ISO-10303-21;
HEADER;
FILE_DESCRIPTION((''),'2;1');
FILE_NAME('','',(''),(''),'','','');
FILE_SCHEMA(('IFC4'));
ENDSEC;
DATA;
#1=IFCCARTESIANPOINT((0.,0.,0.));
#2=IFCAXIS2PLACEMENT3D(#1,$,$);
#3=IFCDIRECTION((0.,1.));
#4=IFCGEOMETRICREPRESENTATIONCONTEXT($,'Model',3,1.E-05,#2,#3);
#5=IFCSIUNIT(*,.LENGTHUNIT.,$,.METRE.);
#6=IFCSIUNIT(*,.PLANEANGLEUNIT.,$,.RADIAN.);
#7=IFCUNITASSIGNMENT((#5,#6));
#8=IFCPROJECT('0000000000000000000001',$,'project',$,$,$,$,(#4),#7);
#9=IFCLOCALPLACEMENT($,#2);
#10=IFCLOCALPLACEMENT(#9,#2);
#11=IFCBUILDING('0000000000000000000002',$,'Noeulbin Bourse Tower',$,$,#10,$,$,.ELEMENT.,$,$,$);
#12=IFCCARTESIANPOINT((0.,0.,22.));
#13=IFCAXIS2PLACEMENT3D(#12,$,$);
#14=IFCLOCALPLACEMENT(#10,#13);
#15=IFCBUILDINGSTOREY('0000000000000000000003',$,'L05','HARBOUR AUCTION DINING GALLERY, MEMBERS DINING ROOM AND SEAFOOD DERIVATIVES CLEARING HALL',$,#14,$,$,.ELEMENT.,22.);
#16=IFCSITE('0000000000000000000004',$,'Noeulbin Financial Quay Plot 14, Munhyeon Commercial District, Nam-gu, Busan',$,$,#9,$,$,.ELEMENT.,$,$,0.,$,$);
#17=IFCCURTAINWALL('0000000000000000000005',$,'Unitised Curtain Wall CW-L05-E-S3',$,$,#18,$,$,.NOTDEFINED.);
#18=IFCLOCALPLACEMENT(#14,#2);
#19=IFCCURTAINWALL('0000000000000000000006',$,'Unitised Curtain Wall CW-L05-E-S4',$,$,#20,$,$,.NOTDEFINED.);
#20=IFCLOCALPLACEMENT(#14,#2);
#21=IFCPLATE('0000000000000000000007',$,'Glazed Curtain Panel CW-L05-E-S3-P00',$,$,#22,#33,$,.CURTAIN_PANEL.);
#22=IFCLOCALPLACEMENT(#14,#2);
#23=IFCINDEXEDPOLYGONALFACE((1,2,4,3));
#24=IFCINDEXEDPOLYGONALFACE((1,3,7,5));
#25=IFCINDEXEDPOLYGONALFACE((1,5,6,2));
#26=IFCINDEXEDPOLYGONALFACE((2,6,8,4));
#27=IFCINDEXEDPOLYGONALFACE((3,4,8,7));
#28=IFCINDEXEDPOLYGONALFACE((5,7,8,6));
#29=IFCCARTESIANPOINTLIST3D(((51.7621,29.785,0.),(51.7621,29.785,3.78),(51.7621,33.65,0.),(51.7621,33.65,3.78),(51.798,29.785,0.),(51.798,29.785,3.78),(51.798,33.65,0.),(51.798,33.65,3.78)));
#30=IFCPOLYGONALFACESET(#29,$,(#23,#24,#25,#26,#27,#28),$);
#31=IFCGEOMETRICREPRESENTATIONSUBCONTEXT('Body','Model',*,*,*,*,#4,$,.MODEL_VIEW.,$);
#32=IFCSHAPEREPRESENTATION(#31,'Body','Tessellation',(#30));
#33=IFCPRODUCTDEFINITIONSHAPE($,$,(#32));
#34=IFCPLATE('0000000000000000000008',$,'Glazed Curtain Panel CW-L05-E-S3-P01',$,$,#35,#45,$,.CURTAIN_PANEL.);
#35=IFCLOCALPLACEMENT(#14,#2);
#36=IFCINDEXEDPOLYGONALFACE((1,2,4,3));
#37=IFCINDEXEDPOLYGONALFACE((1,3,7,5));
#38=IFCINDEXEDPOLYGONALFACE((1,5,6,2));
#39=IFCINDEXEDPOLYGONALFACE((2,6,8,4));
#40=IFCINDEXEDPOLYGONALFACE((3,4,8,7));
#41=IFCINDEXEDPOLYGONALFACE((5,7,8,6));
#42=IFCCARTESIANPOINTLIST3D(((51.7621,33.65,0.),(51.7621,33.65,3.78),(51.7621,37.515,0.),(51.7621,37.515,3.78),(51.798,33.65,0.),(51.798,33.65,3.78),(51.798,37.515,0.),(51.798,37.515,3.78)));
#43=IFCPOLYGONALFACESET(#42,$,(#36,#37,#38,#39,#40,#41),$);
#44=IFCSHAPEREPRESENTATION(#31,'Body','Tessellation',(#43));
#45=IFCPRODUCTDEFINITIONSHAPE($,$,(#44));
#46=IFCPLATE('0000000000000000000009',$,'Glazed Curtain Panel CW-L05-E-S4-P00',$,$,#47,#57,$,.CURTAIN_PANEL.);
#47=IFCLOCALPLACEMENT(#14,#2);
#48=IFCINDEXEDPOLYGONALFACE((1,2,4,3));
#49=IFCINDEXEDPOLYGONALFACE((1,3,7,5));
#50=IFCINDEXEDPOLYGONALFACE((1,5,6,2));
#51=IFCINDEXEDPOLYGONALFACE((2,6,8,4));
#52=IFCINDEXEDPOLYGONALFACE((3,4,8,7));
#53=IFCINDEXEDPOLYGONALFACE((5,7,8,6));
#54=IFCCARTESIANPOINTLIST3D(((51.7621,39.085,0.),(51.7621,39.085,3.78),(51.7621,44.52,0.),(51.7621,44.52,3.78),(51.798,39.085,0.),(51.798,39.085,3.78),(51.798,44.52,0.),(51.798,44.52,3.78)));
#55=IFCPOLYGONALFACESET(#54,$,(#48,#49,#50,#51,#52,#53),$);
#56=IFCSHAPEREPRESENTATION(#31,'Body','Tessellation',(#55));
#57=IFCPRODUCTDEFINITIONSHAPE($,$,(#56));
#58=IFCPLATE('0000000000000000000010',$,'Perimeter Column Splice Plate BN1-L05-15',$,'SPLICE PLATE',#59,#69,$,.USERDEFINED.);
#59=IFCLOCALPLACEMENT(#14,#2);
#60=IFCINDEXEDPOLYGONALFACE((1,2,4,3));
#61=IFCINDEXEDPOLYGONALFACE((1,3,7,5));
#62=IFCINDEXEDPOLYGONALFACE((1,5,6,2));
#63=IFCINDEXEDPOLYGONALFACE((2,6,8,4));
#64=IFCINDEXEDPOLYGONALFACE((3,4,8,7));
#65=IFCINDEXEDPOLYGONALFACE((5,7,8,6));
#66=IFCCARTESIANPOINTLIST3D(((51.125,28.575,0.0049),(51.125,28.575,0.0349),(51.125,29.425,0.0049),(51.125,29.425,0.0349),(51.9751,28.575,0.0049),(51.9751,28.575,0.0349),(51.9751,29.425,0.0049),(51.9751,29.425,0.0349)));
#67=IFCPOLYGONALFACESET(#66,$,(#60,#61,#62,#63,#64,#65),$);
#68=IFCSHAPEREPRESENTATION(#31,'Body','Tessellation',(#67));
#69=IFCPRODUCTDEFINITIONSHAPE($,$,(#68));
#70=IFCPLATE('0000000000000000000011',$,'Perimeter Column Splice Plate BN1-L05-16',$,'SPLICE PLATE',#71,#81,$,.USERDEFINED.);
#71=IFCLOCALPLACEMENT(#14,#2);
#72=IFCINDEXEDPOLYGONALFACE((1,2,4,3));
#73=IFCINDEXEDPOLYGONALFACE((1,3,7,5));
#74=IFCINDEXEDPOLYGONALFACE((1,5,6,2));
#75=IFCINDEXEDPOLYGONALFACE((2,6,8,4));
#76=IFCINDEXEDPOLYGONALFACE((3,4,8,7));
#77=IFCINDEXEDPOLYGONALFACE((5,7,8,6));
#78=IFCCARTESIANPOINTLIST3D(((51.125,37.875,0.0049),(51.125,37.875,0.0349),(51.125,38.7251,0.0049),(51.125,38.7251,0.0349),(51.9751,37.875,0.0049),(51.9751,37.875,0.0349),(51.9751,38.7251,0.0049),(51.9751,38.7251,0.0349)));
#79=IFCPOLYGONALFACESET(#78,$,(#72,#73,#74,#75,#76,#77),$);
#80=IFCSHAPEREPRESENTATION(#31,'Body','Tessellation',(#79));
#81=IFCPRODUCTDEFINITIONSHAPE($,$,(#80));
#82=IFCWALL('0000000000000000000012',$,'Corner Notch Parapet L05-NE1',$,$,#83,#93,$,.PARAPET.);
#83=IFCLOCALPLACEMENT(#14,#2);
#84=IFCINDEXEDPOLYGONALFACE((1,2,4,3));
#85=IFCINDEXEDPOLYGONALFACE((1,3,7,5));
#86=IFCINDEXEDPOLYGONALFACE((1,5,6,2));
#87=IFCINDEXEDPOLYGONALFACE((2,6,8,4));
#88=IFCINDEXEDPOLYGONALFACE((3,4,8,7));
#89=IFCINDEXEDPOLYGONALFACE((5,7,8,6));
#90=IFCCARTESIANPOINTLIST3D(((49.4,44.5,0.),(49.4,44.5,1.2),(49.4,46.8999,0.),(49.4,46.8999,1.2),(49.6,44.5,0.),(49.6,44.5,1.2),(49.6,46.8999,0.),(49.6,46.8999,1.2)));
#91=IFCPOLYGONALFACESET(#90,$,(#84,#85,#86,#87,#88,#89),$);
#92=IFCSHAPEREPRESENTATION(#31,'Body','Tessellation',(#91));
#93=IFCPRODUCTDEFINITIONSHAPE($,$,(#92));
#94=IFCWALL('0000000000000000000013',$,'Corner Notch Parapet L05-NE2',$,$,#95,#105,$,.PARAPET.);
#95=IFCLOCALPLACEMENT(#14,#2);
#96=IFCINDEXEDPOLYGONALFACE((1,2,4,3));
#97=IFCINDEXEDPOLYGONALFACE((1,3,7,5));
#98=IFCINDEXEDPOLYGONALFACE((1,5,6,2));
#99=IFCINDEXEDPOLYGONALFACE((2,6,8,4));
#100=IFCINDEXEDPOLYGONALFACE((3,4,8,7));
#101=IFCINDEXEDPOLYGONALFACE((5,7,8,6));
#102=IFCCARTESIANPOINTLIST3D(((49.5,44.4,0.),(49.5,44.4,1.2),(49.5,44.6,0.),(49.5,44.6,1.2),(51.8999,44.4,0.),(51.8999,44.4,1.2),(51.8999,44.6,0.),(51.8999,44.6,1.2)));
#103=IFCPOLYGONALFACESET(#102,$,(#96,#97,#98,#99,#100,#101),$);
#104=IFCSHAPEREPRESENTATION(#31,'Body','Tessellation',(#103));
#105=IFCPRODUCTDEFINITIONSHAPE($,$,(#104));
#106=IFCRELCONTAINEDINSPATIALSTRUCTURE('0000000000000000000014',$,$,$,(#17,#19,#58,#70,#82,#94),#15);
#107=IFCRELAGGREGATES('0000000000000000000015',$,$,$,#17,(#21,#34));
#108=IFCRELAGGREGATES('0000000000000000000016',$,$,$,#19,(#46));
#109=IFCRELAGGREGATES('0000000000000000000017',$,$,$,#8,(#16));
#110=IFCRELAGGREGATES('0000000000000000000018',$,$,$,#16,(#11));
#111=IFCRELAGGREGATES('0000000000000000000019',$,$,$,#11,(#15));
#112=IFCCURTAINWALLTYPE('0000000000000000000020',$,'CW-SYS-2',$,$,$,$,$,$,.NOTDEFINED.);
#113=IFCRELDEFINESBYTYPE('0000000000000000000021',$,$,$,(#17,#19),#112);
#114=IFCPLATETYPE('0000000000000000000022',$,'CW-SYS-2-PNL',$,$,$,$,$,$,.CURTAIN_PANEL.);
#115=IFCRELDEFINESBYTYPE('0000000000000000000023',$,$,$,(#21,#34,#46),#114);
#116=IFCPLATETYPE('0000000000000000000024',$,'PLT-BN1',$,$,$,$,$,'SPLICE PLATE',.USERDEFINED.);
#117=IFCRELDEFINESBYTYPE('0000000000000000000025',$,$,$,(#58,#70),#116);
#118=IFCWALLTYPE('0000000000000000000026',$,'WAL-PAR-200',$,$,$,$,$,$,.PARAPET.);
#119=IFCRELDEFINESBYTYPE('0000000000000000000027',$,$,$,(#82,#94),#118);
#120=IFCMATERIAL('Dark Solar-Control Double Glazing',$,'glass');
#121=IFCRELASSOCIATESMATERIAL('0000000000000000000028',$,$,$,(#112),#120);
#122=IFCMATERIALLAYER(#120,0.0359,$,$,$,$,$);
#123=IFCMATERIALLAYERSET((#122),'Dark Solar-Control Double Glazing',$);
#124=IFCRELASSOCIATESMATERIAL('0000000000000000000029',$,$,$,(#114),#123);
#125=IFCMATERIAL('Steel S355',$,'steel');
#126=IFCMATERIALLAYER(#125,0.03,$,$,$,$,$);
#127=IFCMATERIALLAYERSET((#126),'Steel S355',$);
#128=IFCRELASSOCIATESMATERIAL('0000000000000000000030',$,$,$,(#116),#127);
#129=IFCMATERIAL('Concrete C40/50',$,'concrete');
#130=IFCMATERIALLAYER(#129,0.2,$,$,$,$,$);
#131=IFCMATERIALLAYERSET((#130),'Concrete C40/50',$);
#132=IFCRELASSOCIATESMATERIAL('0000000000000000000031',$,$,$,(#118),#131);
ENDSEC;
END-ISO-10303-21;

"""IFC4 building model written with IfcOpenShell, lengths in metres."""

from ifc_helpers import new_model, si_unit, direction, frame, frame_2d, origin, origin_2d, place, context, subcontext, project, spatial, rectangle, extrude, material, layer, layer_set, type_object, element, aggregate, save


model = new_model("IFC4")

# Units and contexts
model_context = context("Model", 3, precision=1e-05, world=origin(), true_north=direction((0.0, 1.0)))
body_context = subcontext(model_context, "Body", "Model", "MODEL_VIEW")
ifc_project = project(units=[si_unit("LENGTHUNIT", "METRE"), si_unit("PLANEANGLEUNIT", "RADIAN")], contexts=[model_context])

# Site, building, storey
site_placement = place(None, origin())
site = spatial("IfcSite", under=ifc_project, at=site_placement, Name="Noeulbin Financial Quay Plot 14, Munhyeon Commercial District, Nam-gu, Busan", CompositionType="ELEMENT", RefElevation=0.0)
building_placement = place(site_placement, origin())
building = spatial("IfcBuilding", under=site, at=building_placement, Name="Noeulbin Bourse Tower", CompositionType="ELEMENT")
storey_placement = place(building_placement, frame((0.0, 0.0, 22.0)))
storey = spatial("IfcBuildingStorey", under=building, at=storey_placement, Name="L05", Description="HARBOUR AUCTION DINING GALLERY, MEMBERS DINING ROOM AND SEAFOOD DERIVATIVES CLEARING HALL", CompositionType="ELEMENT", Elevation=22.0)

# Shared definitions
ifc_material_1 = material(Name="Dark Solar-Control Double Glazing", Category="glass")
curtain_wall_type_1 = type_object("IfcCurtainWallType", Name="CW-SYS-2", PredefinedType="NOTDEFINED", material=ifc_material_1)

# Curtain walls
curtain_wall_1_placement = place(storey_placement, origin())
curtain_wall_1 = element("IfcCurtainWall", 1, at=curtain_wall_1_placement, inside=storey, type_object=curtain_wall_type_1, Name="Unitised Curtain Wall CW-L05-E-S3", PredefinedType="NOTDEFINED")
curtain_wall_2_placement = place(storey_placement, origin())
curtain_wall_2 = element("IfcCurtainWall", 2, at=curtain_wall_2_placement, inside=storey, type_object=curtain_wall_type_1, Name="Unitised Curtain Wall CW-L05-E-S4", PredefinedType="NOTDEFINED")

# Plates
ifc_layer_1 = layer(ifc_material_1, 0.0359)
ifc_layer_set_1 = layer_set([ifc_layer_1], Name="Dark Solar-Control Double Glazing")
plate_type_1 = type_object("IfcPlateType", Name="CW-SYS-2-PNL", PredefinedType="CURTAIN_PANEL", material=ifc_layer_set_1)
plate_1_placement = place(storey_placement, frame((51.78, 31.7175, 0.0), z_axis=(0.0, 0.0, 1.0), x_axis=(0.0, 1.0, 0.0)))
plate_1 = element("IfcPlate", 3, at=plate_1_placement, type_object=plate_type_1, Name="Glazed Curtain Panel CW-L05-E-S3-P00", PredefinedType="CURTAIN_PANEL", context=body_context, shape_type="SweptSolid", body=[
    extrude(rectangle(XDim=3.865, YDim=0.0359, at=origin_2d()), origin(), (0.0, 0.0, 1.0), 3.78),
])
plate_2_placement = place(storey_placement, frame((51.78, 35.5825, 0.0), z_axis=(0.0, 0.0, 1.0), x_axis=(0.0, 1.0, 0.0)))
plate_2 = element("IfcPlate", 4, at=plate_2_placement, type_object=plate_type_1, Name="Glazed Curtain Panel CW-L05-E-S3-P01", PredefinedType="CURTAIN_PANEL", context=body_context, shape_type="SweptSolid", body=[
    extrude(rectangle(XDim=3.865, YDim=0.0359, at=origin_2d()), origin(), (0.0, 0.0, 1.0), 3.78),
])
aggregate(curtain_wall_1, [plate_1, plate_2])
plate_3_placement = place(storey_placement, frame((51.78, 41.8025, 0.0), z_axis=(0.0, 0.0, 1.0), x_axis=(0.0, 1.0, 0.0)))
plate_3 = element("IfcPlate", 5, at=plate_3_placement, type_object=plate_type_1, Name="Glazed Curtain Panel CW-L05-E-S4-P00", PredefinedType="CURTAIN_PANEL", context=body_context, shape_type="SweptSolid", body=[
    extrude(rectangle(XDim=5.4351, YDim=0.0359, at=origin_2d()), origin(), (0.0, 0.0, 1.0), 3.78),
])
aggregate(curtain_wall_2, [plate_3])

# Plates
ifc_material_2 = material(Name="Steel S355", Category="steel")
ifc_layer_2 = layer(ifc_material_2, 0.03)
ifc_layer_set_2 = layer_set([ifc_layer_2], Name="Steel S355")
plate_type_2 = type_object("IfcPlateType", Name="PLT-BN1", ElementType="SPLICE PLATE", PredefinedType="USERDEFINED", material=ifc_layer_set_2)
for number, where, z_axis, x_axis, name in (
    (6, (51.55, 29.0, 0.0049), (0.0, 0.0, 1.0), (1.0, 0.0, 0.0), "Perimeter Column Splice Plate BN1-L05-15"),
    (7, (51.55, 38.3, 0.0049), (0.0, 0.0, 1.0), (1.0, 0.0, 0.0), "Perimeter Column Splice Plate BN1-L05-16"),
):
    element("IfcPlate", number, at=place(storey_placement, frame(where, z_axis=z_axis, x_axis=x_axis)), inside=storey, type_object=plate_type_2, Name=name, ObjectType="SPLICE PLATE", PredefinedType="USERDEFINED", context=body_context, shape_type="SweptSolid", body=[
        extrude(rectangle(XDim=0.8501, YDim=0.8501, at=origin_2d()), origin(), (0.0, 0.0, 1.0), 0.03),
    ])

# Walls
ifc_material_3 = material(Name="Concrete C40/50", Category="concrete")
ifc_layer_3 = layer(ifc_material_3, 0.2)
ifc_layer_set_3 = layer_set([ifc_layer_3], Name="Concrete C40/50")
wall_type = type_object("IfcWallType", Name="WAL-PAR-200", PredefinedType="PARAPET", material=ifc_layer_set_3)
for number, where, z_axis, x_axis, name in (
    (8, (49.5, 46.8999, 0.0), (0.0, 0.0, 1.0), (0.0, -1.0, 0.0), "Corner Notch Parapet L05-NE1"),
    (9, (49.5, 44.5, 0.0), (0.0, 0.0, 1.0), (1.0, 0.0, 0.0), "Corner Notch Parapet L05-NE2"),
):
    element("IfcWall", number, at=place(storey_placement, frame(where, z_axis=z_axis, x_axis=x_axis)), inside=storey, type_object=wall_type, Name=name, PredefinedType="PARAPET", context=body_context, shape_type="SweptSolid", body=[
        extrude(rectangle(XDim=2.3999, YDim=0.2, at=frame_2d((1.2, 0.0))), origin(), (0.0, 0.0, 1.0), 1.2),
    ])

save(model, "model.ifc")
